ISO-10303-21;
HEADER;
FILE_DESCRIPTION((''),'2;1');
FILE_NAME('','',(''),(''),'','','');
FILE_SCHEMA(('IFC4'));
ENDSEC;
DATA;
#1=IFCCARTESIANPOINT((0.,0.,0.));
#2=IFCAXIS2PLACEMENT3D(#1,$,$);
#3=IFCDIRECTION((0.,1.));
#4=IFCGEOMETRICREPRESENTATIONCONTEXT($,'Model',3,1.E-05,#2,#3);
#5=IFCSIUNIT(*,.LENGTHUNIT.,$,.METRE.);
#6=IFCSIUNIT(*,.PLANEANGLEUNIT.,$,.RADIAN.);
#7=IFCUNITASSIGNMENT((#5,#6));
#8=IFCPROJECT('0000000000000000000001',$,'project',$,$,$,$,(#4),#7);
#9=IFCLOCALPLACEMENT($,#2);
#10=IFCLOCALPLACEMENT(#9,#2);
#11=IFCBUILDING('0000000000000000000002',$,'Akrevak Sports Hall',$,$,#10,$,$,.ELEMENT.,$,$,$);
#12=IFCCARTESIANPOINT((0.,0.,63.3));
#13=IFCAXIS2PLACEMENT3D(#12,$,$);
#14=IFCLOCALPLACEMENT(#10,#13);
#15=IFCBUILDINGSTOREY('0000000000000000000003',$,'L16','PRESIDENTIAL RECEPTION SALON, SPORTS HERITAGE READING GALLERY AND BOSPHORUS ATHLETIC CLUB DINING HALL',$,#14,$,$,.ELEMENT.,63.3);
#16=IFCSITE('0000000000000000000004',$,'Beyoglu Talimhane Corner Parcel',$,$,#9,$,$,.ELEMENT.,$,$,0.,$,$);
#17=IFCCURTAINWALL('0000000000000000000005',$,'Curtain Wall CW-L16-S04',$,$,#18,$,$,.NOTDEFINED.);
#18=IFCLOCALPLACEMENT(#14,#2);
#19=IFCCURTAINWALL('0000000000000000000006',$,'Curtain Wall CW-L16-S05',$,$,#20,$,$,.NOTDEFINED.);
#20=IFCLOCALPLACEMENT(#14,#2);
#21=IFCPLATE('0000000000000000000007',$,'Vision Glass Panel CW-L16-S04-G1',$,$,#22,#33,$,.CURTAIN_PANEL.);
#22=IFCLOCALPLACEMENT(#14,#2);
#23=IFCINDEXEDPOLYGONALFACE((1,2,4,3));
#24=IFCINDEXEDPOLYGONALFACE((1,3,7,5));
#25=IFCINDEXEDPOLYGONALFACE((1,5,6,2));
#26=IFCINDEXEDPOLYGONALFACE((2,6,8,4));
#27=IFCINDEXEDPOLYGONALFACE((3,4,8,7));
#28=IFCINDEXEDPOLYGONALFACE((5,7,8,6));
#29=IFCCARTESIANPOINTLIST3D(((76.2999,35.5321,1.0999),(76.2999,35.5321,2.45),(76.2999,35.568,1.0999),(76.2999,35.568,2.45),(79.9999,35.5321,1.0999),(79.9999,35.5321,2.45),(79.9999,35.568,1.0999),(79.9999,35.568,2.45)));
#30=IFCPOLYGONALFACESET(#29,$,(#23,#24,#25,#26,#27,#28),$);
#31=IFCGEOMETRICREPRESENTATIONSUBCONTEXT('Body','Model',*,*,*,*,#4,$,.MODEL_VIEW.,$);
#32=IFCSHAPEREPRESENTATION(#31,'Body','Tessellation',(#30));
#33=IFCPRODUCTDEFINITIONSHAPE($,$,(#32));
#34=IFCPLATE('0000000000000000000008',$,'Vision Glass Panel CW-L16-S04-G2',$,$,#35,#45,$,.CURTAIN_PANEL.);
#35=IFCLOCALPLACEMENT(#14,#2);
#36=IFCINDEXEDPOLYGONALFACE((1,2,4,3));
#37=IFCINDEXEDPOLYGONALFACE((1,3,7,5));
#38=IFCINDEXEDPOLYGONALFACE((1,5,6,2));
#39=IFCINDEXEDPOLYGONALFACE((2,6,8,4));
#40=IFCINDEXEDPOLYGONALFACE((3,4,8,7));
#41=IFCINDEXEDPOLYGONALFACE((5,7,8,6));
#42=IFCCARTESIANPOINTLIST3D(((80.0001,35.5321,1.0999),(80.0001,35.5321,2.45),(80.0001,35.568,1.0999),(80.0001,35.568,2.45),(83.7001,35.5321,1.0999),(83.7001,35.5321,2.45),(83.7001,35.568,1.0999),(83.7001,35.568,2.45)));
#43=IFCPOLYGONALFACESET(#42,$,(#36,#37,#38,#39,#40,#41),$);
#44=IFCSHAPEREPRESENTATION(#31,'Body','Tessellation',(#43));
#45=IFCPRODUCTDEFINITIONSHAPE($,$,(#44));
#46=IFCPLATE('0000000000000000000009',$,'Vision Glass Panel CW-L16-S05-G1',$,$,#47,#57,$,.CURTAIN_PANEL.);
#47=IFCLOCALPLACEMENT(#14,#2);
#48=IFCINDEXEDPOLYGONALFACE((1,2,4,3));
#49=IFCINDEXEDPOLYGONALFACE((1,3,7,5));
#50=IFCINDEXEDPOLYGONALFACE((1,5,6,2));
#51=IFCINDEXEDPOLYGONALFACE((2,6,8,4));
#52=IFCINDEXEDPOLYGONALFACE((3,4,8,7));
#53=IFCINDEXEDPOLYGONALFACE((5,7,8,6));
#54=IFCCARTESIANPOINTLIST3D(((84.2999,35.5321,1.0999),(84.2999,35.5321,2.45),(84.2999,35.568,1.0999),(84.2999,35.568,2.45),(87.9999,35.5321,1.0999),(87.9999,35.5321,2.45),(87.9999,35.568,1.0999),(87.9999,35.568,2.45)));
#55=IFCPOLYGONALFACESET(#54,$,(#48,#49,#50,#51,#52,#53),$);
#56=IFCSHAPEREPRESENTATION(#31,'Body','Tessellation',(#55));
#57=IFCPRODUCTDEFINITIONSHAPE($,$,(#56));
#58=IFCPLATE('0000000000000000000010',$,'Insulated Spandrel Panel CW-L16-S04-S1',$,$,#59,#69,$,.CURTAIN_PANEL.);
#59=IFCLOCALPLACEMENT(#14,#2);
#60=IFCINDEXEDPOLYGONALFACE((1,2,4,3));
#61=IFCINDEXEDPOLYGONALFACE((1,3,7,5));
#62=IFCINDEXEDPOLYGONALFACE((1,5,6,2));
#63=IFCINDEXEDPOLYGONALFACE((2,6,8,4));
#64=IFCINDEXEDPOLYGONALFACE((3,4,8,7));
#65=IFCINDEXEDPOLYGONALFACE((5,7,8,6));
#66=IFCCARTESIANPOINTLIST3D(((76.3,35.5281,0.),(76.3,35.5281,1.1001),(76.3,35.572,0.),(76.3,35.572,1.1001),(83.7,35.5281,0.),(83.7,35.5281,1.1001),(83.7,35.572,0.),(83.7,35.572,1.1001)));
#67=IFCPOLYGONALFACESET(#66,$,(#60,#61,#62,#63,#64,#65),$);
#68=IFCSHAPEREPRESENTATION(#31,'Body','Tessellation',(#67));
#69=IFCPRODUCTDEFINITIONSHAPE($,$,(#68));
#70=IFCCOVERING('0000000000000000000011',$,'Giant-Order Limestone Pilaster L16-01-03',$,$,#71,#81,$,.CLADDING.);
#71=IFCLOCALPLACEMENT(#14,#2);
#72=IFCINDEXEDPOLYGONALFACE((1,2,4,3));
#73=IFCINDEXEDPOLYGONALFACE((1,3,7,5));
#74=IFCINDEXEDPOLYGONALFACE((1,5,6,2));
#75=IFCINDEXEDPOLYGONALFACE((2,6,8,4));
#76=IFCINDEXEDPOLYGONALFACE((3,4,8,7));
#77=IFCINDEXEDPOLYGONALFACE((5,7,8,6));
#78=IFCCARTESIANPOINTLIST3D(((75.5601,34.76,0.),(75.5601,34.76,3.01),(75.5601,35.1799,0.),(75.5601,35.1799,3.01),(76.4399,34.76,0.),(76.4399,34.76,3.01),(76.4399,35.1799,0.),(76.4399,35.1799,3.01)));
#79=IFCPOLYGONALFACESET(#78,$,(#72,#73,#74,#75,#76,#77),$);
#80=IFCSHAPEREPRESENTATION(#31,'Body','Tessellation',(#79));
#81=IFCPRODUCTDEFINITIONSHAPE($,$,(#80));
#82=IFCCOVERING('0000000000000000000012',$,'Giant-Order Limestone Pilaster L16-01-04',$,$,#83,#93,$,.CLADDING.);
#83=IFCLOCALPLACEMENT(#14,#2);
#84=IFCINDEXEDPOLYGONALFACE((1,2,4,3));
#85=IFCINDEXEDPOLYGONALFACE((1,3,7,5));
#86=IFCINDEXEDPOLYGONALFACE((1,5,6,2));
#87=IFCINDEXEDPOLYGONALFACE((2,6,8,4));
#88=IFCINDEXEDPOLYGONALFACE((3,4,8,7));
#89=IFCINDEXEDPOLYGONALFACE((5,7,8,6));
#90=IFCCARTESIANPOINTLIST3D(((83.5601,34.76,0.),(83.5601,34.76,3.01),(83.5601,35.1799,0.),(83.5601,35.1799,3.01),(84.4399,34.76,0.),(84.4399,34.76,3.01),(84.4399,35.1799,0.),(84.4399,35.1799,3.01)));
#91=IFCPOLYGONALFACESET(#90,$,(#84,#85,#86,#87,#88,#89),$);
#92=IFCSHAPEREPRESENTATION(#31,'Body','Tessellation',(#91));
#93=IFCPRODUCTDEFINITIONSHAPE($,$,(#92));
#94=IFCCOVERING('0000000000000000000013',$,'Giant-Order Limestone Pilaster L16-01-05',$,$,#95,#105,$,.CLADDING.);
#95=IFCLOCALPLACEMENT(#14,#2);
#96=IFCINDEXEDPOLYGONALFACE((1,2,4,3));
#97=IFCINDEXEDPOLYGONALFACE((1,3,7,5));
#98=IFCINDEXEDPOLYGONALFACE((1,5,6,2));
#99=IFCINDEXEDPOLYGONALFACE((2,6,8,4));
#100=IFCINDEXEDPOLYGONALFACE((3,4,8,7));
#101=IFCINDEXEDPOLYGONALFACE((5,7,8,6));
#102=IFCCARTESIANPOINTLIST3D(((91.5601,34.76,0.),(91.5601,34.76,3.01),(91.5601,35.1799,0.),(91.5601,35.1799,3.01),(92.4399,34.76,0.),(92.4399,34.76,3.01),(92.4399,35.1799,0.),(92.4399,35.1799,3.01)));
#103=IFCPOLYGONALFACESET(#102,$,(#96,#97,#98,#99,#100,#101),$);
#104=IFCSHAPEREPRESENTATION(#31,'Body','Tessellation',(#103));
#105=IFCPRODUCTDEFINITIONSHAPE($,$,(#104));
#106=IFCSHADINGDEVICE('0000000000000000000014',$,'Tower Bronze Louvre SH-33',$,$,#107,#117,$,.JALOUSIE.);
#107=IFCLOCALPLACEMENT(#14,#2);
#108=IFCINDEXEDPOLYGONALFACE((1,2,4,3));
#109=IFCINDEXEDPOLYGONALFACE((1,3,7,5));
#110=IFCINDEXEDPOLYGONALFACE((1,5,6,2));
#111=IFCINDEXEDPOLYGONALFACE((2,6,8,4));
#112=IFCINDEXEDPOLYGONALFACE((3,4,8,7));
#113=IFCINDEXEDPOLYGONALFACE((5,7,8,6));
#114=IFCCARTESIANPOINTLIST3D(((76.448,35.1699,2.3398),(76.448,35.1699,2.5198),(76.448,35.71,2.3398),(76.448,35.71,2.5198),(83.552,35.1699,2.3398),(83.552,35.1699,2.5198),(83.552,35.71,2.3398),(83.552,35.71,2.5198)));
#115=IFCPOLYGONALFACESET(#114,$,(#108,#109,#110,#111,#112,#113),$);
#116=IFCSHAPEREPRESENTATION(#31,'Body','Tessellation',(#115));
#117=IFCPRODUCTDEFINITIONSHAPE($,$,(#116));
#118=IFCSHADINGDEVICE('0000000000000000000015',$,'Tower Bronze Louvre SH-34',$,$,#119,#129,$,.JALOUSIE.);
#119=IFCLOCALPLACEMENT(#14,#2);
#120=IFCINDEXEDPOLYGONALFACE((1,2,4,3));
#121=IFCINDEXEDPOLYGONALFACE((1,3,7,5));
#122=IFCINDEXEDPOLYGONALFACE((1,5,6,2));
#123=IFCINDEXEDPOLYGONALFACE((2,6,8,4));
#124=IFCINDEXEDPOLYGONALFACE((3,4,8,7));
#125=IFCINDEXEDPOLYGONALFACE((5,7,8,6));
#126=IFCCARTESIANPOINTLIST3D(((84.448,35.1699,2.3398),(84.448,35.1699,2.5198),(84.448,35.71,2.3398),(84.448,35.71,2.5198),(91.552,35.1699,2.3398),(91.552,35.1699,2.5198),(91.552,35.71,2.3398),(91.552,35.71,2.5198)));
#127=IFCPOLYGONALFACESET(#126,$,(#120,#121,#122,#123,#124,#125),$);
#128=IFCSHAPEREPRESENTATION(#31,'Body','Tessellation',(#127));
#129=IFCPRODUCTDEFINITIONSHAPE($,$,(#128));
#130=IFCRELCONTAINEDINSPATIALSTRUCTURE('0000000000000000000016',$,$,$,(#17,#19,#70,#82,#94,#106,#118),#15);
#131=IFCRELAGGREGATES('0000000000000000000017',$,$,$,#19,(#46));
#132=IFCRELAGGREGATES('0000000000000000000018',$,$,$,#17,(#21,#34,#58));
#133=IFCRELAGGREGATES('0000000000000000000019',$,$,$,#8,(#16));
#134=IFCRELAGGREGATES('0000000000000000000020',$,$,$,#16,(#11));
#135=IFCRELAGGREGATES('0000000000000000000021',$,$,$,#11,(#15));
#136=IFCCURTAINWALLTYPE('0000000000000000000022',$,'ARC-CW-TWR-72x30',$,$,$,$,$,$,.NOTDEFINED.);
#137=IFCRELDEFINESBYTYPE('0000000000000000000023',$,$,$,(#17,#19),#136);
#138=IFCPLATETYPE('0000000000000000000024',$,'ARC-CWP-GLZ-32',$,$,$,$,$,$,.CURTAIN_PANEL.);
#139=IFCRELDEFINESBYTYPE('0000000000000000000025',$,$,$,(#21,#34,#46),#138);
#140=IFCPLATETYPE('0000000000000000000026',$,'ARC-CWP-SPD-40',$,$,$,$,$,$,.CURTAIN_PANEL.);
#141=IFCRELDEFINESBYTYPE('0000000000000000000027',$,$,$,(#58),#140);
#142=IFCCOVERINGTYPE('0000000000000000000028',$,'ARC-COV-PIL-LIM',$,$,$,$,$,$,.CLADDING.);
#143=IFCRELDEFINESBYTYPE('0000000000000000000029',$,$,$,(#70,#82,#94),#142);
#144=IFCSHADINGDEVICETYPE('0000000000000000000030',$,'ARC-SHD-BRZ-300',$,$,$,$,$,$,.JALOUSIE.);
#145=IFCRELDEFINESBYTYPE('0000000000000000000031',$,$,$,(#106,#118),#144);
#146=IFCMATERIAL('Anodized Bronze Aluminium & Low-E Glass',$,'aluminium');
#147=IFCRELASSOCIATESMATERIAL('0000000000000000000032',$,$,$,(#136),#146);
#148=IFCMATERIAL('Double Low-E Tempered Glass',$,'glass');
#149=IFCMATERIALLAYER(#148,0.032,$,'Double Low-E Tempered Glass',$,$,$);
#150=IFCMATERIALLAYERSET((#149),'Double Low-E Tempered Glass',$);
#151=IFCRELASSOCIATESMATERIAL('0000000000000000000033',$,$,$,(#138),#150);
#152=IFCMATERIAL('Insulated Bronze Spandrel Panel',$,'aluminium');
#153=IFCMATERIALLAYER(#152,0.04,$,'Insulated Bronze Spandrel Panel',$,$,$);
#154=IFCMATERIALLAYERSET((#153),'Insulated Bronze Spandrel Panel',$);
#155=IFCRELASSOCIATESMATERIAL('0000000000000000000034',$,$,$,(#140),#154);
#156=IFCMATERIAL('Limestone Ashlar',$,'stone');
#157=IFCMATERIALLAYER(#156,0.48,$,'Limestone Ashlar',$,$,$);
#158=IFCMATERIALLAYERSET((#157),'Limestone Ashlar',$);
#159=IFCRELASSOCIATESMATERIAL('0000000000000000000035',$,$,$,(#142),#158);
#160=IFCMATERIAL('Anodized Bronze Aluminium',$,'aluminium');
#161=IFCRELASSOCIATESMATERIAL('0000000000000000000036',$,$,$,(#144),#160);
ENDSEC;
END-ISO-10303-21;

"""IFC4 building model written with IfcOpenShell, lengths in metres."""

from ifc_helpers import new_model, si_unit, direction, frame, origin, origin_2d, place, context, subcontext, project, spatial, rectangle, extrude, material, layer, layer_set, type_object, element, aggregate, save


model = new_model("IFC4")

# Units and contexts
model_context = context("Model", 3, precision=1e-05, world=origin(), true_north=direction((0.0, 1.0)))
body_context = subcontext(model_context, "Body", "Model", "MODEL_VIEW")
ifc_project = project(units=[si_unit("LENGTHUNIT", "METRE"), si_unit("PLANEANGLEUNIT", "RADIAN")], contexts=[model_context])

# Site, building, storey
site_placement = place(None, origin())
site = spatial("IfcSite", under=ifc_project, at=site_placement, Name="Beyoglu Talimhane Corner Parcel", CompositionType="ELEMENT", RefElevation=0.0)
building_placement = place(site_placement, origin())
building = spatial("IfcBuilding", under=site, at=building_placement, Name="Akrevak Sports Hall", CompositionType="ELEMENT")
storey_placement = place(building_placement, frame((0.0, 0.0, 63.3)))
storey = spatial("IfcBuildingStorey", under=building, at=storey_placement, Name="L16", Description="PRESIDENTIAL RECEPTION SALON, SPORTS HERITAGE READING GALLERY AND BOSPHORUS ATHLETIC CLUB DINING HALL", CompositionType="ELEMENT", Elevation=63.3)

# Curtain wall
ifc_material_1 = material(Name="Anodized Bronze Aluminium & Low-E Glass", Category="aluminium")
curtain_wall_type = type_object("IfcCurtainWallType", Name="ARC-CW-TWR-72x30", PredefinedType="NOTDEFINED", material=ifc_material_1)
curtain_wall_1_placement = place(storey_placement, origin())
curtain_wall_1 = element("IfcCurtainWall", 1, at=curtain_wall_1_placement, inside=storey, type_object=curtain_wall_type, Name="Curtain Wall CW-L16-S04", PredefinedType="NOTDEFINED")
ifc_material_2 = material(Name="Anodized Bronze Aluminium", Category="aluminium")

# Curtain wall
curtain_wall_2_placement = place(storey_placement, origin())
curtain_wall_2 = element("IfcCurtainWall", 2, at=curtain_wall_2_placement, inside=storey, type_object=curtain_wall_type, Name="Curtain Wall CW-L16-S05", PredefinedType="NOTDEFINED")

# Plates
ifc_material_3 = material(Name="Double Low-E Tempered Glass", Category="glass")
ifc_layer_1 = layer(ifc_material_3, 0.032, Name="Double Low-E Tempered Glass")
ifc_layer_set_1 = layer_set([ifc_layer_1], Name="Double Low-E Tempered Glass")
plate_type_1 = type_object("IfcPlateType", Name="ARC-CWP-GLZ-32", PredefinedType="CURTAIN_PANEL", material=ifc_layer_set_1)
plate_1_placement = place(storey_placement, frame((78.1499, 35.55, 1.0999), z_axis=(0.0, 0.0, 1.0), x_axis=(1.0, 0.0, 0.0)))
plate_1 = element("IfcPlate", 3, at=plate_1_placement, type_object=plate_type_1, Name="Vision Glass Panel CW-L16-S04-G1", PredefinedType="CURTAIN_PANEL", context=body_context, shape_type="SweptSolid", body=[
    extrude(rectangle(XDim=3.7, YDim=0.0359, at=origin_2d()), origin(), (0.0, 0.0, 1.0), 1.3501),
])
plate_2_placement = place(storey_placement, frame((81.8501, 35.55, 1.0999), z_axis=(0.0, 0.0, 1.0), x_axis=(1.0, 0.0, 0.0)))
plate_2 = element("IfcPlate", 4, at=plate_2_placement, type_object=plate_type_1, Name="Vision Glass Panel CW-L16-S04-G2", PredefinedType="CURTAIN_PANEL", context=body_context, shape_type="SweptSolid", body=[
    extrude(rectangle(XDim=3.7, YDim=0.0359, at=origin_2d()), origin(), (0.0, 0.0, 1.0), 1.3501),
])
plate_3_placement = place(storey_placement, frame((86.1499, 35.55, 1.0999), z_axis=(0.0, 0.0, 1.0), x_axis=(1.0, 0.0, 0.0)))
plate_3 = element("IfcPlate", 5, at=plate_3_placement, type_object=plate_type_1, Name="Vision Glass Panel CW-L16-S05-G1", PredefinedType="CURTAIN_PANEL", context=body_context, shape_type="SweptSolid", body=[
    extrude(rectangle(XDim=3.7, YDim=0.0359, at=origin_2d()), origin(), (0.0, 0.0, 1.0), 1.3501),
])
aggregate(curtain_wall_2, [plate_3])
ifc_material_4 = material(Name="Insulated Bronze Spandrel Panel", Category="aluminium")
ifc_layer_2 = layer(ifc_material_4, 0.04, Name="Insulated Bronze Spandrel Panel")
ifc_layer_set_2 = layer_set([ifc_layer_2], Name="Insulated Bronze Spandrel Panel")
plate_type_2 = type_object("IfcPlateType", Name="ARC-CWP-SPD-40", PredefinedType="CURTAIN_PANEL", material=ifc_layer_set_2)
plate_4_placement = place(storey_placement, frame((80.0, 35.55, 0.0), z_axis=(0.0, 0.0, 1.0), x_axis=(1.0, 0.0, 0.0)))
plate_4 = element("IfcPlate", 6, at=plate_4_placement, type_object=plate_type_2, Name="Insulated Spandrel Panel CW-L16-S04-S1", PredefinedType="CURTAIN_PANEL", context=body_context, shape_type="SweptSolid", body=[
    extrude(rectangle(XDim=7.3999, YDim=0.0439, at=origin_2d()), origin(), (0.0, 0.0, 1.0), 1.1001),
])
aggregate(curtain_wall_1, [plate_1, plate_2, plate_4])

# Coverings
ifc_material_5 = material(Name="Limestone Ashlar", Category="stone")
ifc_layer_3 = layer(ifc_material_5, 0.48, Name="Limestone Ashlar")
ifc_layer_set_3 = layer_set([ifc_layer_3], Name="Limestone Ashlar")
covering_type = type_object("IfcCoveringType", Name="ARC-COV-PIL-LIM", PredefinedType="CLADDING", material=ifc_layer_set_3)
for number, where, z_axis, x_axis, name in (
    (7, (76.0, 34.97, 0.0), (0.0, 0.0, 1.0), (1.0, 0.0, 0.0), "Giant-Order Limestone Pilaster L16-01-03"),
    (8, (84.0, 34.97, 0.0), (0.0, 0.0, 1.0), (1.0, 0.0, 0.0), "Giant-Order Limestone Pilaster L16-01-04"),
    (9, (92.0, 34.97, 0.0), (0.0, 0.0, 1.0), (1.0, 0.0, 0.0), "Giant-Order Limestone Pilaster L16-01-05"),
):
    element("IfcCovering", number, at=place(storey_placement, frame(where, z_axis=z_axis, x_axis=x_axis)), inside=storey, type_object=covering_type, Name=name, PredefinedType="CLADDING", context=body_context, shape_type="SweptSolid", body=[
        extrude(rectangle(XDim=0.8799, YDim=0.4199, at=origin_2d()), origin(), (0.0, 0.0, 1.0), 3.01),
    ])

# Shading devices
shading_device_type = type_object("IfcShadingDeviceType", Name="ARC-SHD-BRZ-300", PredefinedType="JALOUSIE", material=ifc_material_2)
for number, where, z_axis, x_axis, name in (
    (10, (80.0, 35.4399, 2.3398), (0.0, 0.0, 1.0), (1.0, 0.0, 0.0), "Tower Bronze Louvre SH-33"),
    (11, (88.0, 35.4399, 2.3398), (0.0, 0.0, 1.0), (1.0, 0.0, 0.0), "Tower Bronze Louvre SH-34"),
):
    element("IfcShadingDevice", number, at=place(storey_placement, frame(where, z_axis=z_axis, x_axis=x_axis)), inside=storey, type_object=shading_device_type, Name=name, PredefinedType="JALOUSIE", context=body_context, shape_type="SweptSolid", body=[
        extrude(rectangle(XDim=7.104, YDim=0.54, at=origin_2d()), origin(), (0.0, 0.0, 1.0), 0.1799),
    ])

save(model, "model.ifc")
